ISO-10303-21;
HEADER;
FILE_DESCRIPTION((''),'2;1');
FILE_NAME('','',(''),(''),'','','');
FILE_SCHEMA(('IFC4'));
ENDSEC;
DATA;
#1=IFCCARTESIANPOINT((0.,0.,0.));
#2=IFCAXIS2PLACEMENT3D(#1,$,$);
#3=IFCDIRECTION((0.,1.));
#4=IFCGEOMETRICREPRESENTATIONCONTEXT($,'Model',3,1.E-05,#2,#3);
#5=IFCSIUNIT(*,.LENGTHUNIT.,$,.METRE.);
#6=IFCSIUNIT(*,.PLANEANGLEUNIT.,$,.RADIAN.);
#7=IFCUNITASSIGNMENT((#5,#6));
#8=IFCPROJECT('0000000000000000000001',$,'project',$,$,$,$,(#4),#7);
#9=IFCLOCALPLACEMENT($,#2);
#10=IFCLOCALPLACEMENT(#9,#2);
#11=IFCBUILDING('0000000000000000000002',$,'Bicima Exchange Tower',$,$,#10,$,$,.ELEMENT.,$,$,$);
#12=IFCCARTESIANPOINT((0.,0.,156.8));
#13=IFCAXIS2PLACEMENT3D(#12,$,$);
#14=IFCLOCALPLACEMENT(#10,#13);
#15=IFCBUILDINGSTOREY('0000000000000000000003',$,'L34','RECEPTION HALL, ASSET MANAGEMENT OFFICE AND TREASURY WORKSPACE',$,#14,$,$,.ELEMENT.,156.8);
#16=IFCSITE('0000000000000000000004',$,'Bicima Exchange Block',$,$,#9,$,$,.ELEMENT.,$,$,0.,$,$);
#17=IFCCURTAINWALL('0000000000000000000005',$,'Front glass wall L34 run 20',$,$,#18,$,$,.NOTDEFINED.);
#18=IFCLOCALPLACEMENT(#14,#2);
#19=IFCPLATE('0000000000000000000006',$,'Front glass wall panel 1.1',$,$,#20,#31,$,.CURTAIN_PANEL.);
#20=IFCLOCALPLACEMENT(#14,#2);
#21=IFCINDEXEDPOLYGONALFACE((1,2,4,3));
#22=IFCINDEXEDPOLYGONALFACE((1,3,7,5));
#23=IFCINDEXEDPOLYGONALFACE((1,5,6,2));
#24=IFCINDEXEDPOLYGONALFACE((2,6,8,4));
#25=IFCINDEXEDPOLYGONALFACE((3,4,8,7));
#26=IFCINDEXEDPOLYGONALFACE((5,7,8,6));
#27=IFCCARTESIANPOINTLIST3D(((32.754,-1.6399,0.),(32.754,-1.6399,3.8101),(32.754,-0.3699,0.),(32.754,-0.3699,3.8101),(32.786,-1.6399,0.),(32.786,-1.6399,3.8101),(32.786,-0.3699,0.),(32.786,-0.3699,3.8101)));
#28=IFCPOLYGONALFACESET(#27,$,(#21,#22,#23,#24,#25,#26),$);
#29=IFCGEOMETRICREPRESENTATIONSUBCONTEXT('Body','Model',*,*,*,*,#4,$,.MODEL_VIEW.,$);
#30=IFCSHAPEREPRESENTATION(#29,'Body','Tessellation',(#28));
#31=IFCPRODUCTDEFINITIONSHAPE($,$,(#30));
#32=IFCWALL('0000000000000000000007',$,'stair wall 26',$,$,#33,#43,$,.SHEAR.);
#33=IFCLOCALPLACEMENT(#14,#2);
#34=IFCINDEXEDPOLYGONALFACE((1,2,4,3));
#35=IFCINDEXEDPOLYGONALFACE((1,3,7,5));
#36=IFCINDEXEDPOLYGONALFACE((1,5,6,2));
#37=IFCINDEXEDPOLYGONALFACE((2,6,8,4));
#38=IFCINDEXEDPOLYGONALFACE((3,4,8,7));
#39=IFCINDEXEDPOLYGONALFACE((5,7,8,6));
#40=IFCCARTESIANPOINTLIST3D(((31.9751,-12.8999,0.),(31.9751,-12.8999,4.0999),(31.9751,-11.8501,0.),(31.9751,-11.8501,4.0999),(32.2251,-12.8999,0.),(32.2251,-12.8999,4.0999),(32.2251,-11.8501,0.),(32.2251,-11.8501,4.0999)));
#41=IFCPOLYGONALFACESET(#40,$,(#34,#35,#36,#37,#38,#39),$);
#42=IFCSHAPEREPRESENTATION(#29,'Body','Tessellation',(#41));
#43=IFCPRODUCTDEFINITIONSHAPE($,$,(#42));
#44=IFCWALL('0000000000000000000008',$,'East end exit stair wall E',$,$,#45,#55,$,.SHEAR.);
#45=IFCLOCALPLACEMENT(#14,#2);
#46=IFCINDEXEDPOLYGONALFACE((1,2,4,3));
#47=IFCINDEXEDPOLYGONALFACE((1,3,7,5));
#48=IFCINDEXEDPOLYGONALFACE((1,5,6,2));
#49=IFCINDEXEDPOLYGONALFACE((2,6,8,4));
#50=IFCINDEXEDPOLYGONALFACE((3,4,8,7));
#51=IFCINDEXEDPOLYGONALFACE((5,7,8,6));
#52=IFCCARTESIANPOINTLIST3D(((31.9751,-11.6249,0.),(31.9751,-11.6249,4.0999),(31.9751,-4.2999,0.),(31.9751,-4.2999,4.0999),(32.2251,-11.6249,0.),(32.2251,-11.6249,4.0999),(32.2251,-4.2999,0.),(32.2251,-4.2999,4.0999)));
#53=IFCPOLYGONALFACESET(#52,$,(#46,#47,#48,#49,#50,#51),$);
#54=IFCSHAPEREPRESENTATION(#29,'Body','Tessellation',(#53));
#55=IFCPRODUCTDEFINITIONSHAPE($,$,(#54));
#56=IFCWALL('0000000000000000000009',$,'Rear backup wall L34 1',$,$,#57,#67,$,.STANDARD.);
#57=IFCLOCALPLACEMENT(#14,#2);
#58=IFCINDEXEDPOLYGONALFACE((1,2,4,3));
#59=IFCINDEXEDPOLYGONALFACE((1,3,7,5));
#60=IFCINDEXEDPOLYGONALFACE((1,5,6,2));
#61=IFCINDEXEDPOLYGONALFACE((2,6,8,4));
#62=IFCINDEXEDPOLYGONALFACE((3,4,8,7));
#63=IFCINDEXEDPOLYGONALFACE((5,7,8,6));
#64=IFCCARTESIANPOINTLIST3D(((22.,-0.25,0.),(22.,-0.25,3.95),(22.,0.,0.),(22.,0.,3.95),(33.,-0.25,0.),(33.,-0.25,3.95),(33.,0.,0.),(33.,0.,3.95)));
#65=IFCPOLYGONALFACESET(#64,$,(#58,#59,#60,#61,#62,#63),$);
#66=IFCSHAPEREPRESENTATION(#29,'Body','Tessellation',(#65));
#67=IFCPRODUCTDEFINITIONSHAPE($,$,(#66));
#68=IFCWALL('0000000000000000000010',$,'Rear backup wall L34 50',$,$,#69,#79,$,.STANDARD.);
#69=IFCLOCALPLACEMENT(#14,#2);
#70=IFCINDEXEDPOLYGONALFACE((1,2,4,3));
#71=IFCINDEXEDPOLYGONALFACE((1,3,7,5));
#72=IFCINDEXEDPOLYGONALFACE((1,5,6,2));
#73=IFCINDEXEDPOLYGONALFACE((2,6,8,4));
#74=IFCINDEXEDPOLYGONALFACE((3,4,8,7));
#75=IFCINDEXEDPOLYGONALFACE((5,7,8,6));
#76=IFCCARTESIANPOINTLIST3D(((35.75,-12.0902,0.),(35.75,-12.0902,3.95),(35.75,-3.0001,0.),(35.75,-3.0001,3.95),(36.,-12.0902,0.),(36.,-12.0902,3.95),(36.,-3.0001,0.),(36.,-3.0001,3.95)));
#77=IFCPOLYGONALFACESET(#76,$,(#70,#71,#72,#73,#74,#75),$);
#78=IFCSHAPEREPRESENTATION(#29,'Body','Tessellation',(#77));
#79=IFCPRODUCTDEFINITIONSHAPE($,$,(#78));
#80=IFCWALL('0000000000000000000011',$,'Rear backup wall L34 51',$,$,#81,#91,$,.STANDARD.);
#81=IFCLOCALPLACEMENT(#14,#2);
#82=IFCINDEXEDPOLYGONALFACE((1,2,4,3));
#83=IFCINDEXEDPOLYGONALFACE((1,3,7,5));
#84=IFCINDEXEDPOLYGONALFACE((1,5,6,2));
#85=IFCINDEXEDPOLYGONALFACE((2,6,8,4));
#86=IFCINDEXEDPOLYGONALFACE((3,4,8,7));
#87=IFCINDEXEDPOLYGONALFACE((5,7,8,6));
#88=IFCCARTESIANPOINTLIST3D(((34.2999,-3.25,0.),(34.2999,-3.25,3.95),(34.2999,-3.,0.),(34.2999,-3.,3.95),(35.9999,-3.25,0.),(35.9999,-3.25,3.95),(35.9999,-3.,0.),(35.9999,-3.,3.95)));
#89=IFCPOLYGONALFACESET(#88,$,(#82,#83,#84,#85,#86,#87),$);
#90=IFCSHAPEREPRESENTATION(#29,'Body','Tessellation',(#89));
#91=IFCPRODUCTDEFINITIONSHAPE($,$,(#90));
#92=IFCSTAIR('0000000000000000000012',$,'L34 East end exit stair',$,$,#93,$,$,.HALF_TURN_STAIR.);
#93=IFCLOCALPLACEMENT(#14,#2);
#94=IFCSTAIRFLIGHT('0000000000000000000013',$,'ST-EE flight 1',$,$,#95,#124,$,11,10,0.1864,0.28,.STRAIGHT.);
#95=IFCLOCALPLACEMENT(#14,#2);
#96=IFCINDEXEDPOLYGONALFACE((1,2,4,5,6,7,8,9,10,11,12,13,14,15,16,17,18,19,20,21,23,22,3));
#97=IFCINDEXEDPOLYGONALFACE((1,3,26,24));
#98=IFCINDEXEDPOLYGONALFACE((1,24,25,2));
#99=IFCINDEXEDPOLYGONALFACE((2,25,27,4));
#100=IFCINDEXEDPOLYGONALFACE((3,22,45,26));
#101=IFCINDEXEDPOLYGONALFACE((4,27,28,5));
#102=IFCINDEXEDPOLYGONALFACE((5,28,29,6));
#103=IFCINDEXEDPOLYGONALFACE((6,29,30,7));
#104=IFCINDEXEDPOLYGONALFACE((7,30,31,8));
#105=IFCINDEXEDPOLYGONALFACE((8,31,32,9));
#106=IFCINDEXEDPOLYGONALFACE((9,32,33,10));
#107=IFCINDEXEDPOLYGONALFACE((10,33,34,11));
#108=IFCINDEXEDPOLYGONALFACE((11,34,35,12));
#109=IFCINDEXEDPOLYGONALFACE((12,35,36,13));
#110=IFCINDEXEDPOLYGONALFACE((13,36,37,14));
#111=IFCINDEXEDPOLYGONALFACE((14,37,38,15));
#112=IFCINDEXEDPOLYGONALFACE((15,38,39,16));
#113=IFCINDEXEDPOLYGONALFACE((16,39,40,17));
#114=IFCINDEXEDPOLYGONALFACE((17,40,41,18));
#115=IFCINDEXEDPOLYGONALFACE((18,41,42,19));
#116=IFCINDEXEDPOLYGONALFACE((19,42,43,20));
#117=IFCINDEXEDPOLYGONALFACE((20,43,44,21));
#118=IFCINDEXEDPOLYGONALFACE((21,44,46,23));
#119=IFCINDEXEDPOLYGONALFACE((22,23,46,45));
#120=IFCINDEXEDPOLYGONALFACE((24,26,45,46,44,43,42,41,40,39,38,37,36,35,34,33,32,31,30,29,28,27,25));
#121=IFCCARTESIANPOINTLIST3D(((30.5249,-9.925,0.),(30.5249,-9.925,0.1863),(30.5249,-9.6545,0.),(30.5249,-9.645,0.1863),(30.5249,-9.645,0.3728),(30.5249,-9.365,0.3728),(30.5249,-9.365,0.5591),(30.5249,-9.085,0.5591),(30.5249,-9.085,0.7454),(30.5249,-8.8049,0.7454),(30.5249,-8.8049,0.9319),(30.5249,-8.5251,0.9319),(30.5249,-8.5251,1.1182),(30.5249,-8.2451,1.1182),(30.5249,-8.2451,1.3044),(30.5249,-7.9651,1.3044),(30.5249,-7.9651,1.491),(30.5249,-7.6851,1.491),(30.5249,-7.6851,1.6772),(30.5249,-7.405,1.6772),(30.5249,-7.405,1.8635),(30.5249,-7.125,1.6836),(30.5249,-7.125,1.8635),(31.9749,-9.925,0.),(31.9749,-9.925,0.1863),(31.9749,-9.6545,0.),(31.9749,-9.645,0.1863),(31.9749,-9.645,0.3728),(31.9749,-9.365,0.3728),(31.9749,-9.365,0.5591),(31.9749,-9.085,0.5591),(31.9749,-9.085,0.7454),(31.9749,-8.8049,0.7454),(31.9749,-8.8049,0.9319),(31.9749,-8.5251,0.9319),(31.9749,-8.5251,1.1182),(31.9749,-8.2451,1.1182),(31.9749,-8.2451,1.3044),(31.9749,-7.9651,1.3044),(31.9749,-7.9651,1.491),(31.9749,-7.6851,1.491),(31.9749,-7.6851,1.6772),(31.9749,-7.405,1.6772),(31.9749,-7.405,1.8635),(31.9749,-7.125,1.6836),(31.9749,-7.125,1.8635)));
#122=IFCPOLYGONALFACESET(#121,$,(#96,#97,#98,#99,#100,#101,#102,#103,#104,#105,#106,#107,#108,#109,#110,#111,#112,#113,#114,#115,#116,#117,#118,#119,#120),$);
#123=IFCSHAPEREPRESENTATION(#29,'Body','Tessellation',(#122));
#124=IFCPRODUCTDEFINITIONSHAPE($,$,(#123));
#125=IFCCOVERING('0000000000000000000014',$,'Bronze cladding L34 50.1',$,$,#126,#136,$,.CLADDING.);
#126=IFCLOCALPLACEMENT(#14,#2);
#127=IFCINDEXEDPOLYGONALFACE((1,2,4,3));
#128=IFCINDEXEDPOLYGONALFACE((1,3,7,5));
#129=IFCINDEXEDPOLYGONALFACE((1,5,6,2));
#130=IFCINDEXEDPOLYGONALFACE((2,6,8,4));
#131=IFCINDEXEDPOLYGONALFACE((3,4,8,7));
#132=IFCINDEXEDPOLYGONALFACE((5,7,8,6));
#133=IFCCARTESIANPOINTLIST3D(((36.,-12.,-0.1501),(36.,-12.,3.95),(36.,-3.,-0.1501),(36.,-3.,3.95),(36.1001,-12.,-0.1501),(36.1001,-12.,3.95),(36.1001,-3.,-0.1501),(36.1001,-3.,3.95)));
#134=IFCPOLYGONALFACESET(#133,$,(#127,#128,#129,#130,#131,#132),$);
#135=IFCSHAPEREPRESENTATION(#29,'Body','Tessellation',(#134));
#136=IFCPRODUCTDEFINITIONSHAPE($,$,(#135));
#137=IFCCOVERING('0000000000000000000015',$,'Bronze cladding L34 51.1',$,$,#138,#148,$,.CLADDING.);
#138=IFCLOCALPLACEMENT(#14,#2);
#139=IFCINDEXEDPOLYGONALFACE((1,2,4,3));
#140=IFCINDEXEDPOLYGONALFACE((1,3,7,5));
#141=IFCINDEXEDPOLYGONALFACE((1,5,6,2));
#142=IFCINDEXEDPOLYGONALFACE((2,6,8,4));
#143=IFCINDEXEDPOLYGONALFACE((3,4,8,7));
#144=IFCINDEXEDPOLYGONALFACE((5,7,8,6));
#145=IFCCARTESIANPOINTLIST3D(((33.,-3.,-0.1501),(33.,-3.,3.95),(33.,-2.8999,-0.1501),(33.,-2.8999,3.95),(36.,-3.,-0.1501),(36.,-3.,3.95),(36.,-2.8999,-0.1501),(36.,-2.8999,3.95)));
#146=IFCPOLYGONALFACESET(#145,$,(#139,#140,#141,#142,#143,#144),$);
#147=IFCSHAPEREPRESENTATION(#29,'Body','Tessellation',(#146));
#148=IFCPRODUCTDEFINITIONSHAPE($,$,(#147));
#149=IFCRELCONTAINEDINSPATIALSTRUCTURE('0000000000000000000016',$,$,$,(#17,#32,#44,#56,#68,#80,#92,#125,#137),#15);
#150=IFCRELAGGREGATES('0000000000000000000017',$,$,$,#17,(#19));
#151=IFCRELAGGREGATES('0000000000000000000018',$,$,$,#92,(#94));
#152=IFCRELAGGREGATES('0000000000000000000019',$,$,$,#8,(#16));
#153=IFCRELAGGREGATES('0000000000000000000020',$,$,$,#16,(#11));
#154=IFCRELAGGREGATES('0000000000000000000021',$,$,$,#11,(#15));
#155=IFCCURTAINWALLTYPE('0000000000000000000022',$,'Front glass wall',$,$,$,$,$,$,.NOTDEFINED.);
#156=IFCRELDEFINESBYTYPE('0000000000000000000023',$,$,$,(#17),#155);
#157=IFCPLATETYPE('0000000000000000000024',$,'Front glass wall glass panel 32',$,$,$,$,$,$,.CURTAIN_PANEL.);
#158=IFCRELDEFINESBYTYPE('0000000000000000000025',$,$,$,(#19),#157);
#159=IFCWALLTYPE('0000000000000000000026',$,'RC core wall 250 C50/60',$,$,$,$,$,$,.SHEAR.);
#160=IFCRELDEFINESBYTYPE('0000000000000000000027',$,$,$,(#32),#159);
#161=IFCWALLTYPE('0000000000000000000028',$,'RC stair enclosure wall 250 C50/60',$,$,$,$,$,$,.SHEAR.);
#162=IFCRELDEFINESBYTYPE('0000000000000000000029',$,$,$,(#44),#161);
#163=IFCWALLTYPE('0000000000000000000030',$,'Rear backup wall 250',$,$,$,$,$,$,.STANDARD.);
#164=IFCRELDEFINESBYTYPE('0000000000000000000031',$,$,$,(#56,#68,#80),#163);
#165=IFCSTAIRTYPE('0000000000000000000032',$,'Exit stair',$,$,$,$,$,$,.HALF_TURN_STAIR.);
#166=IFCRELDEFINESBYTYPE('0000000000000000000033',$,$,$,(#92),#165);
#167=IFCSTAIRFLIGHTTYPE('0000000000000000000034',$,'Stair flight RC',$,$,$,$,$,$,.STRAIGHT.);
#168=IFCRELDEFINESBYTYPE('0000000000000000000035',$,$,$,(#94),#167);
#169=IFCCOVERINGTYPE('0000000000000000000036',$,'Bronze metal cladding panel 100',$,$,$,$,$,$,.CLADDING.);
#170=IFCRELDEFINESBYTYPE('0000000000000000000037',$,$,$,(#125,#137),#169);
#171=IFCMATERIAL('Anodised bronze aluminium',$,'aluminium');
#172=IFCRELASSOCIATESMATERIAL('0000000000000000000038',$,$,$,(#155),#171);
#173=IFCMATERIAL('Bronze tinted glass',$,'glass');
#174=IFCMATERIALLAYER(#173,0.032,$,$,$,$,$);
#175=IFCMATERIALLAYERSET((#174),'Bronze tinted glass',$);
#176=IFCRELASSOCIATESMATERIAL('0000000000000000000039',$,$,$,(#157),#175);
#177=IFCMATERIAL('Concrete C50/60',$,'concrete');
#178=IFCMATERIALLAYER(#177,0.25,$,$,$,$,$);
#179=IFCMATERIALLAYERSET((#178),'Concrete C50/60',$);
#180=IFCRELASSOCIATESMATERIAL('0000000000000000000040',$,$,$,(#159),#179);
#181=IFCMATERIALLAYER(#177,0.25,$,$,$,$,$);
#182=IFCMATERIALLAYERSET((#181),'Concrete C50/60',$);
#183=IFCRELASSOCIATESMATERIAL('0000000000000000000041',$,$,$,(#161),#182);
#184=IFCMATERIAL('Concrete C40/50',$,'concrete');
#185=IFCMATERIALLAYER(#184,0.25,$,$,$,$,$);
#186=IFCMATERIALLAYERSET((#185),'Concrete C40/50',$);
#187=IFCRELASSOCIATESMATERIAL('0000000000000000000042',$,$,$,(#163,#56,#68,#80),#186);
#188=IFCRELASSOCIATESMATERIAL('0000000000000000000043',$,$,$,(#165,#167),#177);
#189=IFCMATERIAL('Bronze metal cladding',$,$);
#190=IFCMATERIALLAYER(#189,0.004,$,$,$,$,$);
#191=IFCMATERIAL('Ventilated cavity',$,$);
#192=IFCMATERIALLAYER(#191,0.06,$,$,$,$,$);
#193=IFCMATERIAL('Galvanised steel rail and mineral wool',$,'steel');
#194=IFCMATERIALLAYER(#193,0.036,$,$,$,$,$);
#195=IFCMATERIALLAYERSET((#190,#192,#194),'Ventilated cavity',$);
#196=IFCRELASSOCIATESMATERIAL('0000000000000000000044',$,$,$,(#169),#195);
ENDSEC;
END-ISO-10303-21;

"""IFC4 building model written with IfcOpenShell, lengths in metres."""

from ifc_helpers import new_model, si_unit, direction, frame, frame_2d, origin, origin_2d, place, context, subcontext, project, spatial, polyline, rectangle, outline, extrude, material, layer, layer_set, layer_usage, type_object, element, aggregate, save


model = new_model("IFC4")

# Units and contexts
model_context = context("Model", 3, precision=1e-05, world=origin(), true_north=direction((0.0, 1.0)))
body_context = subcontext(model_context, "Body", "Model", "MODEL_VIEW")
ifc_project = project(units=[si_unit("LENGTHUNIT", "METRE"), si_unit("PLANEANGLEUNIT", "RADIAN")], contexts=[model_context])

# Site, building, storey
site_placement = place(None, origin())
site = spatial("IfcSite", under=ifc_project, at=site_placement, Name="Bicima Exchange Block", CompositionType="ELEMENT", RefElevation=0.0)
building_placement = place(site_placement, origin())
building = spatial("IfcBuilding", under=site, at=building_placement, Name="Bicima Exchange Tower", CompositionType="ELEMENT")
storey_placement = place(building_placement, frame((0.0, 0.0, 156.8)))
storey = spatial("IfcBuildingStorey", under=building, at=storey_placement, Name="L34", Description="RECEPTION HALL, ASSET MANAGEMENT OFFICE AND TREASURY WORKSPACE", CompositionType="ELEMENT", Elevation=156.8)

# Shared definitions
ifc_material_1 = material(Name="Anodised bronze aluminium", Category="aluminium")

# Curtain wall
curtain_wall_type_1 = type_object("IfcCurtainWallType", Name="Front glass wall", PredefinedType="NOTDEFINED", material=ifc_material_1)
curtain_wall_1_placement = place(storey_placement, origin())
curtain_wall_1 = element("IfcCurtainWall", 1, at=curtain_wall_1_placement, inside=storey, type_object=curtain_wall_type_1, Name="Front glass wall L34 run 20", PredefinedType="NOTDEFINED")

# Plate
ifc_material_2 = material(Name="Bronze tinted glass", Category="glass")
ifc_layer_1 = layer(ifc_material_2, 0.032)
ifc_layer_set_1 = layer_set([ifc_layer_1], Name="Bronze tinted glass")
plate_type = type_object("IfcPlateType", Name="Front glass wall glass panel 32", PredefinedType="CURTAIN_PANEL", material=ifc_layer_set_1)
plate_placement = place(storey_placement, frame((32.77, -1.0049, 0.0), z_axis=(0.0, 0.0, 1.0), x_axis=(0.0, 1.0, 0.0)))
plate = element("IfcPlate", 2, at=plate_placement, type_object=plate_type, Name="Front glass wall panel 1.1", PredefinedType="CURTAIN_PANEL", context=body_context, shape_type="SweptSolid", body=[
    extrude(rectangle(XDim=1.27, YDim=0.032, at=origin_2d()), origin(), (0.0, 0.0, 1.0), 3.8101),
])
aggregate(curtain_wall_1, [plate])

# Walls
ifc_material_3 = material(Name="Concrete C50/60", Category="concrete")
ifc_layer_2 = layer(ifc_material_3, 0.25)
ifc_layer_set_2 = layer_set([ifc_layer_2], Name="Concrete C50/60")
wall_type_1 = type_object("IfcWallType", Name="RC core wall 250 C50/60", PredefinedType="SHEAR", material=ifc_layer_set_2)
wall_1_placement = place(storey_placement, frame((32.1001, -12.8999, 0.0), z_axis=(0.0, 0.0, 1.0), x_axis=(0.0, 1.0, 0.0)))
element("IfcWall", 3, at=wall_1_placement, inside=storey, type_object=wall_type_1, Name="stair wall 26", PredefinedType="SHEAR", context=body_context, shape_type="SweptSolid", body=[
    extrude(rectangle(XDim=1.0498, YDim=0.25, at=frame_2d((0.5249, 0.0))), origin(), (0.0, 0.0, 1.0), 4.0999),
])
ifc_layer_3 = layer(ifc_material_3, 0.25)
ifc_layer_set_3 = layer_set([ifc_layer_3], Name="Concrete C50/60")
wall_type_2 = type_object("IfcWallType", Name="RC stair enclosure wall 250 C50/60", PredefinedType="SHEAR", material=ifc_layer_set_3)
wall_2_placement = place(storey_placement, frame((32.1001, -11.625, 0.0), z_axis=(0.0, 0.0, 1.0), x_axis=(0.0, 1.0, 0.0)))
element("IfcWall", 4, at=wall_2_placement, inside=storey, type_object=wall_type_2, Name="East end exit stair wall E", PredefinedType="SHEAR", context=body_context, shape_type="SweptSolid", body=[
    extrude(rectangle(XDim=7.325, YDim=0.25, at=frame_2d((3.6626, 0.0))), origin(), (0.0, 0.0, 1.0), 4.0999),
])
ifc_material_4 = material(Name="Concrete C40/50", Category="concrete")
ifc_layer_4 = layer(ifc_material_4, 0.25)
ifc_layer_set_4 = layer_set([ifc_layer_4], Name="Concrete C40/50")
ifc_layer_usage = layer_usage(ifc_layer_set_4, "AXIS2", "POSITIVE", -0.125)
wall_type_3 = type_object("IfcWallType", Name="Rear backup wall 250", PredefinedType="STANDARD", material=ifc_layer_set_4)
wall_3_placement = place(storey_placement, frame((33.0, -0.125, 0.0), z_axis=(0.0, 0.0, 1.0), x_axis=(-1.0, 0.0, 0.0)))
element("IfcWall", 5, at=wall_3_placement, inside=storey, type_object=wall_type_3, material=ifc_layer_usage, Name="Rear backup wall L34 1", PredefinedType="STANDARD", context=body_context, shape_type="SweptSolid", body=[
    extrude(rectangle(XDim=11.0, YDim=0.25, at=frame_2d((5.5, 0.0))), origin(), (0.0, 0.0, 1.0), 3.95),
])
wall_4_placement = place(storey_placement, frame((35.875, -12.0901, 0.0), z_axis=(0.0, 0.0, 1.0), x_axis=(0.0, 1.0, 0.0)))
element("IfcWall", 6, at=wall_4_placement, inside=storey, type_object=wall_type_3, material=ifc_layer_usage, Name="Rear backup wall L34 50", PredefinedType="STANDARD", context=body_context, shape_type="SweptSolid", body=[
    extrude(rectangle(XDim=9.0901, YDim=0.25, at=frame_2d((4.5449, 0.0))), origin(), (0.0, 0.0, 1.0), 3.95),
])
wall_5_placement = place(storey_placement, frame((36.0, -3.125, 0.0), z_axis=(0.0, 0.0, 1.0), x_axis=(-1.0, 0.0, 0.0)))
element("IfcWall", 7, at=wall_5_placement, inside=storey, type_object=wall_type_3, material=ifc_layer_usage, Name="Rear backup wall L34 51", PredefinedType="STANDARD", context=body_context, shape_type="SweptSolid", body=[
    extrude(rectangle(XDim=1.7, YDim=0.25, at=frame_2d((0.8501, 0.0))), origin(), (0.0, 0.0, 1.0), 3.95),
])

# Stair, stair flight
stair_type = type_object("IfcStairType", Name="Exit stair", PredefinedType="HALF_TURN_STAIR", material=ifc_material_3)
stair_placement = place(storey_placement, origin())
stair = element("IfcStair", 8, at=stair_placement, inside=storey, type_object=stair_type, Name="L34 East end exit stair", PredefinedType="HALF_TURN_STAIR")
stair_flight_type = type_object("IfcStairFlightType", Name="Stair flight RC", PredefinedType="STRAIGHT", material=ifc_material_3)
stair_flight_placement = place(storey_placement, frame((31.25, -9.925, 0.0), z_axis=(0.0, 0.0, 1.0), x_axis=(0.0, 1.0, 0.0)))
stair_flight = element("IfcStairFlight", 9, at=stair_flight_placement, type_object=stair_flight_type, Name="ST-EE flight 1", NumberOfRisers=11, NumberOfTreads=10, PredefinedType="STRAIGHT", RiserHeight=0.1864, TreadLength=0.28, context=body_context, shape_type="SweptSolid", body=[
    extrude(outline(polyline([(0.0, 0.0), (0.0, 0.1863), (0.28, 0.1863), (0.28, 0.3728), (0.5601, 0.3728), (0.5601, 0.5591), (0.8401, 0.5591), (0.8401, 0.7454), (1.1201, 0.7454), (1.1201, 0.9319), (1.3999, 0.9319), (1.3999, 1.1182), (1.6799, 1.1182), (1.6799, 1.3044), (1.96, 1.3044), (1.96, 1.491), (2.24, 1.491), (2.24, 1.6772), (2.52, 1.6772), (2.52, 1.8635), (2.8, 1.8635), (2.8, 2.05), (2.8, 1.6836), (0.2705, 0.0), (0.0, 0.0)])), frame((0.0, 0.7251, 0.0), z_axis=(0.0, -1.0, 0.0), x_axis=(1.0, 0.0, 0.0)), (0.0, 0.0, 1.0), 1.45),
])
aggregate(stair, [stair_flight])

# Coverings
ifc_material_5 = material(Name="Bronze metal cladding")
ifc_layer_5 = layer(ifc_material_5, 0.004)
ifc_material_6 = material(Name="Ventilated cavity")
ifc_layer_6 = layer(ifc_material_6, 0.06)
ifc_material_7 = material(Name="Galvanised steel rail and mineral wool", Category="steel")
ifc_layer_7 = layer(ifc_material_7, 0.036)
ifc_layer_set_5 = layer_set([ifc_layer_5, ifc_layer_6, ifc_layer_7], Name="Ventilated cavity")
covering_type = type_object("IfcCoveringType", Name="Bronze metal cladding panel 100", PredefinedType="CLADDING", material=ifc_layer_set_5)
covering_1_placement = place(storey_placement, frame((36.05, -7.5, -0.1501), z_axis=(0.0, 0.0, 1.0), x_axis=(0.0, 1.0, 0.0)))
element("IfcCovering", 10, at=covering_1_placement, inside=storey, type_object=covering_type, Name="Bronze cladding L34 50.1", PredefinedType="CLADDING", context=body_context, shape_type="SweptSolid", body=[
    extrude(rectangle(XDim=9.0, YDim=0.1001, at=origin_2d()), origin(), (0.0, 0.0, 1.0), 4.1001),
])
covering_2_placement = place(storey_placement, frame((34.5, -2.95, -0.1501), z_axis=(0.0, 0.0, 1.0), x_axis=(-1.0, 0.0, 0.0)))
element("IfcCovering", 11, at=covering_2_placement, inside=storey, type_object=covering_type, Name="Bronze cladding L34 51.1", PredefinedType="CLADDING", context=body_context, shape_type="SweptSolid", body=[
    extrude(rectangle(XDim=3.0, YDim=0.1001, at=origin_2d()), origin(), (0.0, 0.0, 1.0), 4.1001),
])

save(model, "model.ifc")
